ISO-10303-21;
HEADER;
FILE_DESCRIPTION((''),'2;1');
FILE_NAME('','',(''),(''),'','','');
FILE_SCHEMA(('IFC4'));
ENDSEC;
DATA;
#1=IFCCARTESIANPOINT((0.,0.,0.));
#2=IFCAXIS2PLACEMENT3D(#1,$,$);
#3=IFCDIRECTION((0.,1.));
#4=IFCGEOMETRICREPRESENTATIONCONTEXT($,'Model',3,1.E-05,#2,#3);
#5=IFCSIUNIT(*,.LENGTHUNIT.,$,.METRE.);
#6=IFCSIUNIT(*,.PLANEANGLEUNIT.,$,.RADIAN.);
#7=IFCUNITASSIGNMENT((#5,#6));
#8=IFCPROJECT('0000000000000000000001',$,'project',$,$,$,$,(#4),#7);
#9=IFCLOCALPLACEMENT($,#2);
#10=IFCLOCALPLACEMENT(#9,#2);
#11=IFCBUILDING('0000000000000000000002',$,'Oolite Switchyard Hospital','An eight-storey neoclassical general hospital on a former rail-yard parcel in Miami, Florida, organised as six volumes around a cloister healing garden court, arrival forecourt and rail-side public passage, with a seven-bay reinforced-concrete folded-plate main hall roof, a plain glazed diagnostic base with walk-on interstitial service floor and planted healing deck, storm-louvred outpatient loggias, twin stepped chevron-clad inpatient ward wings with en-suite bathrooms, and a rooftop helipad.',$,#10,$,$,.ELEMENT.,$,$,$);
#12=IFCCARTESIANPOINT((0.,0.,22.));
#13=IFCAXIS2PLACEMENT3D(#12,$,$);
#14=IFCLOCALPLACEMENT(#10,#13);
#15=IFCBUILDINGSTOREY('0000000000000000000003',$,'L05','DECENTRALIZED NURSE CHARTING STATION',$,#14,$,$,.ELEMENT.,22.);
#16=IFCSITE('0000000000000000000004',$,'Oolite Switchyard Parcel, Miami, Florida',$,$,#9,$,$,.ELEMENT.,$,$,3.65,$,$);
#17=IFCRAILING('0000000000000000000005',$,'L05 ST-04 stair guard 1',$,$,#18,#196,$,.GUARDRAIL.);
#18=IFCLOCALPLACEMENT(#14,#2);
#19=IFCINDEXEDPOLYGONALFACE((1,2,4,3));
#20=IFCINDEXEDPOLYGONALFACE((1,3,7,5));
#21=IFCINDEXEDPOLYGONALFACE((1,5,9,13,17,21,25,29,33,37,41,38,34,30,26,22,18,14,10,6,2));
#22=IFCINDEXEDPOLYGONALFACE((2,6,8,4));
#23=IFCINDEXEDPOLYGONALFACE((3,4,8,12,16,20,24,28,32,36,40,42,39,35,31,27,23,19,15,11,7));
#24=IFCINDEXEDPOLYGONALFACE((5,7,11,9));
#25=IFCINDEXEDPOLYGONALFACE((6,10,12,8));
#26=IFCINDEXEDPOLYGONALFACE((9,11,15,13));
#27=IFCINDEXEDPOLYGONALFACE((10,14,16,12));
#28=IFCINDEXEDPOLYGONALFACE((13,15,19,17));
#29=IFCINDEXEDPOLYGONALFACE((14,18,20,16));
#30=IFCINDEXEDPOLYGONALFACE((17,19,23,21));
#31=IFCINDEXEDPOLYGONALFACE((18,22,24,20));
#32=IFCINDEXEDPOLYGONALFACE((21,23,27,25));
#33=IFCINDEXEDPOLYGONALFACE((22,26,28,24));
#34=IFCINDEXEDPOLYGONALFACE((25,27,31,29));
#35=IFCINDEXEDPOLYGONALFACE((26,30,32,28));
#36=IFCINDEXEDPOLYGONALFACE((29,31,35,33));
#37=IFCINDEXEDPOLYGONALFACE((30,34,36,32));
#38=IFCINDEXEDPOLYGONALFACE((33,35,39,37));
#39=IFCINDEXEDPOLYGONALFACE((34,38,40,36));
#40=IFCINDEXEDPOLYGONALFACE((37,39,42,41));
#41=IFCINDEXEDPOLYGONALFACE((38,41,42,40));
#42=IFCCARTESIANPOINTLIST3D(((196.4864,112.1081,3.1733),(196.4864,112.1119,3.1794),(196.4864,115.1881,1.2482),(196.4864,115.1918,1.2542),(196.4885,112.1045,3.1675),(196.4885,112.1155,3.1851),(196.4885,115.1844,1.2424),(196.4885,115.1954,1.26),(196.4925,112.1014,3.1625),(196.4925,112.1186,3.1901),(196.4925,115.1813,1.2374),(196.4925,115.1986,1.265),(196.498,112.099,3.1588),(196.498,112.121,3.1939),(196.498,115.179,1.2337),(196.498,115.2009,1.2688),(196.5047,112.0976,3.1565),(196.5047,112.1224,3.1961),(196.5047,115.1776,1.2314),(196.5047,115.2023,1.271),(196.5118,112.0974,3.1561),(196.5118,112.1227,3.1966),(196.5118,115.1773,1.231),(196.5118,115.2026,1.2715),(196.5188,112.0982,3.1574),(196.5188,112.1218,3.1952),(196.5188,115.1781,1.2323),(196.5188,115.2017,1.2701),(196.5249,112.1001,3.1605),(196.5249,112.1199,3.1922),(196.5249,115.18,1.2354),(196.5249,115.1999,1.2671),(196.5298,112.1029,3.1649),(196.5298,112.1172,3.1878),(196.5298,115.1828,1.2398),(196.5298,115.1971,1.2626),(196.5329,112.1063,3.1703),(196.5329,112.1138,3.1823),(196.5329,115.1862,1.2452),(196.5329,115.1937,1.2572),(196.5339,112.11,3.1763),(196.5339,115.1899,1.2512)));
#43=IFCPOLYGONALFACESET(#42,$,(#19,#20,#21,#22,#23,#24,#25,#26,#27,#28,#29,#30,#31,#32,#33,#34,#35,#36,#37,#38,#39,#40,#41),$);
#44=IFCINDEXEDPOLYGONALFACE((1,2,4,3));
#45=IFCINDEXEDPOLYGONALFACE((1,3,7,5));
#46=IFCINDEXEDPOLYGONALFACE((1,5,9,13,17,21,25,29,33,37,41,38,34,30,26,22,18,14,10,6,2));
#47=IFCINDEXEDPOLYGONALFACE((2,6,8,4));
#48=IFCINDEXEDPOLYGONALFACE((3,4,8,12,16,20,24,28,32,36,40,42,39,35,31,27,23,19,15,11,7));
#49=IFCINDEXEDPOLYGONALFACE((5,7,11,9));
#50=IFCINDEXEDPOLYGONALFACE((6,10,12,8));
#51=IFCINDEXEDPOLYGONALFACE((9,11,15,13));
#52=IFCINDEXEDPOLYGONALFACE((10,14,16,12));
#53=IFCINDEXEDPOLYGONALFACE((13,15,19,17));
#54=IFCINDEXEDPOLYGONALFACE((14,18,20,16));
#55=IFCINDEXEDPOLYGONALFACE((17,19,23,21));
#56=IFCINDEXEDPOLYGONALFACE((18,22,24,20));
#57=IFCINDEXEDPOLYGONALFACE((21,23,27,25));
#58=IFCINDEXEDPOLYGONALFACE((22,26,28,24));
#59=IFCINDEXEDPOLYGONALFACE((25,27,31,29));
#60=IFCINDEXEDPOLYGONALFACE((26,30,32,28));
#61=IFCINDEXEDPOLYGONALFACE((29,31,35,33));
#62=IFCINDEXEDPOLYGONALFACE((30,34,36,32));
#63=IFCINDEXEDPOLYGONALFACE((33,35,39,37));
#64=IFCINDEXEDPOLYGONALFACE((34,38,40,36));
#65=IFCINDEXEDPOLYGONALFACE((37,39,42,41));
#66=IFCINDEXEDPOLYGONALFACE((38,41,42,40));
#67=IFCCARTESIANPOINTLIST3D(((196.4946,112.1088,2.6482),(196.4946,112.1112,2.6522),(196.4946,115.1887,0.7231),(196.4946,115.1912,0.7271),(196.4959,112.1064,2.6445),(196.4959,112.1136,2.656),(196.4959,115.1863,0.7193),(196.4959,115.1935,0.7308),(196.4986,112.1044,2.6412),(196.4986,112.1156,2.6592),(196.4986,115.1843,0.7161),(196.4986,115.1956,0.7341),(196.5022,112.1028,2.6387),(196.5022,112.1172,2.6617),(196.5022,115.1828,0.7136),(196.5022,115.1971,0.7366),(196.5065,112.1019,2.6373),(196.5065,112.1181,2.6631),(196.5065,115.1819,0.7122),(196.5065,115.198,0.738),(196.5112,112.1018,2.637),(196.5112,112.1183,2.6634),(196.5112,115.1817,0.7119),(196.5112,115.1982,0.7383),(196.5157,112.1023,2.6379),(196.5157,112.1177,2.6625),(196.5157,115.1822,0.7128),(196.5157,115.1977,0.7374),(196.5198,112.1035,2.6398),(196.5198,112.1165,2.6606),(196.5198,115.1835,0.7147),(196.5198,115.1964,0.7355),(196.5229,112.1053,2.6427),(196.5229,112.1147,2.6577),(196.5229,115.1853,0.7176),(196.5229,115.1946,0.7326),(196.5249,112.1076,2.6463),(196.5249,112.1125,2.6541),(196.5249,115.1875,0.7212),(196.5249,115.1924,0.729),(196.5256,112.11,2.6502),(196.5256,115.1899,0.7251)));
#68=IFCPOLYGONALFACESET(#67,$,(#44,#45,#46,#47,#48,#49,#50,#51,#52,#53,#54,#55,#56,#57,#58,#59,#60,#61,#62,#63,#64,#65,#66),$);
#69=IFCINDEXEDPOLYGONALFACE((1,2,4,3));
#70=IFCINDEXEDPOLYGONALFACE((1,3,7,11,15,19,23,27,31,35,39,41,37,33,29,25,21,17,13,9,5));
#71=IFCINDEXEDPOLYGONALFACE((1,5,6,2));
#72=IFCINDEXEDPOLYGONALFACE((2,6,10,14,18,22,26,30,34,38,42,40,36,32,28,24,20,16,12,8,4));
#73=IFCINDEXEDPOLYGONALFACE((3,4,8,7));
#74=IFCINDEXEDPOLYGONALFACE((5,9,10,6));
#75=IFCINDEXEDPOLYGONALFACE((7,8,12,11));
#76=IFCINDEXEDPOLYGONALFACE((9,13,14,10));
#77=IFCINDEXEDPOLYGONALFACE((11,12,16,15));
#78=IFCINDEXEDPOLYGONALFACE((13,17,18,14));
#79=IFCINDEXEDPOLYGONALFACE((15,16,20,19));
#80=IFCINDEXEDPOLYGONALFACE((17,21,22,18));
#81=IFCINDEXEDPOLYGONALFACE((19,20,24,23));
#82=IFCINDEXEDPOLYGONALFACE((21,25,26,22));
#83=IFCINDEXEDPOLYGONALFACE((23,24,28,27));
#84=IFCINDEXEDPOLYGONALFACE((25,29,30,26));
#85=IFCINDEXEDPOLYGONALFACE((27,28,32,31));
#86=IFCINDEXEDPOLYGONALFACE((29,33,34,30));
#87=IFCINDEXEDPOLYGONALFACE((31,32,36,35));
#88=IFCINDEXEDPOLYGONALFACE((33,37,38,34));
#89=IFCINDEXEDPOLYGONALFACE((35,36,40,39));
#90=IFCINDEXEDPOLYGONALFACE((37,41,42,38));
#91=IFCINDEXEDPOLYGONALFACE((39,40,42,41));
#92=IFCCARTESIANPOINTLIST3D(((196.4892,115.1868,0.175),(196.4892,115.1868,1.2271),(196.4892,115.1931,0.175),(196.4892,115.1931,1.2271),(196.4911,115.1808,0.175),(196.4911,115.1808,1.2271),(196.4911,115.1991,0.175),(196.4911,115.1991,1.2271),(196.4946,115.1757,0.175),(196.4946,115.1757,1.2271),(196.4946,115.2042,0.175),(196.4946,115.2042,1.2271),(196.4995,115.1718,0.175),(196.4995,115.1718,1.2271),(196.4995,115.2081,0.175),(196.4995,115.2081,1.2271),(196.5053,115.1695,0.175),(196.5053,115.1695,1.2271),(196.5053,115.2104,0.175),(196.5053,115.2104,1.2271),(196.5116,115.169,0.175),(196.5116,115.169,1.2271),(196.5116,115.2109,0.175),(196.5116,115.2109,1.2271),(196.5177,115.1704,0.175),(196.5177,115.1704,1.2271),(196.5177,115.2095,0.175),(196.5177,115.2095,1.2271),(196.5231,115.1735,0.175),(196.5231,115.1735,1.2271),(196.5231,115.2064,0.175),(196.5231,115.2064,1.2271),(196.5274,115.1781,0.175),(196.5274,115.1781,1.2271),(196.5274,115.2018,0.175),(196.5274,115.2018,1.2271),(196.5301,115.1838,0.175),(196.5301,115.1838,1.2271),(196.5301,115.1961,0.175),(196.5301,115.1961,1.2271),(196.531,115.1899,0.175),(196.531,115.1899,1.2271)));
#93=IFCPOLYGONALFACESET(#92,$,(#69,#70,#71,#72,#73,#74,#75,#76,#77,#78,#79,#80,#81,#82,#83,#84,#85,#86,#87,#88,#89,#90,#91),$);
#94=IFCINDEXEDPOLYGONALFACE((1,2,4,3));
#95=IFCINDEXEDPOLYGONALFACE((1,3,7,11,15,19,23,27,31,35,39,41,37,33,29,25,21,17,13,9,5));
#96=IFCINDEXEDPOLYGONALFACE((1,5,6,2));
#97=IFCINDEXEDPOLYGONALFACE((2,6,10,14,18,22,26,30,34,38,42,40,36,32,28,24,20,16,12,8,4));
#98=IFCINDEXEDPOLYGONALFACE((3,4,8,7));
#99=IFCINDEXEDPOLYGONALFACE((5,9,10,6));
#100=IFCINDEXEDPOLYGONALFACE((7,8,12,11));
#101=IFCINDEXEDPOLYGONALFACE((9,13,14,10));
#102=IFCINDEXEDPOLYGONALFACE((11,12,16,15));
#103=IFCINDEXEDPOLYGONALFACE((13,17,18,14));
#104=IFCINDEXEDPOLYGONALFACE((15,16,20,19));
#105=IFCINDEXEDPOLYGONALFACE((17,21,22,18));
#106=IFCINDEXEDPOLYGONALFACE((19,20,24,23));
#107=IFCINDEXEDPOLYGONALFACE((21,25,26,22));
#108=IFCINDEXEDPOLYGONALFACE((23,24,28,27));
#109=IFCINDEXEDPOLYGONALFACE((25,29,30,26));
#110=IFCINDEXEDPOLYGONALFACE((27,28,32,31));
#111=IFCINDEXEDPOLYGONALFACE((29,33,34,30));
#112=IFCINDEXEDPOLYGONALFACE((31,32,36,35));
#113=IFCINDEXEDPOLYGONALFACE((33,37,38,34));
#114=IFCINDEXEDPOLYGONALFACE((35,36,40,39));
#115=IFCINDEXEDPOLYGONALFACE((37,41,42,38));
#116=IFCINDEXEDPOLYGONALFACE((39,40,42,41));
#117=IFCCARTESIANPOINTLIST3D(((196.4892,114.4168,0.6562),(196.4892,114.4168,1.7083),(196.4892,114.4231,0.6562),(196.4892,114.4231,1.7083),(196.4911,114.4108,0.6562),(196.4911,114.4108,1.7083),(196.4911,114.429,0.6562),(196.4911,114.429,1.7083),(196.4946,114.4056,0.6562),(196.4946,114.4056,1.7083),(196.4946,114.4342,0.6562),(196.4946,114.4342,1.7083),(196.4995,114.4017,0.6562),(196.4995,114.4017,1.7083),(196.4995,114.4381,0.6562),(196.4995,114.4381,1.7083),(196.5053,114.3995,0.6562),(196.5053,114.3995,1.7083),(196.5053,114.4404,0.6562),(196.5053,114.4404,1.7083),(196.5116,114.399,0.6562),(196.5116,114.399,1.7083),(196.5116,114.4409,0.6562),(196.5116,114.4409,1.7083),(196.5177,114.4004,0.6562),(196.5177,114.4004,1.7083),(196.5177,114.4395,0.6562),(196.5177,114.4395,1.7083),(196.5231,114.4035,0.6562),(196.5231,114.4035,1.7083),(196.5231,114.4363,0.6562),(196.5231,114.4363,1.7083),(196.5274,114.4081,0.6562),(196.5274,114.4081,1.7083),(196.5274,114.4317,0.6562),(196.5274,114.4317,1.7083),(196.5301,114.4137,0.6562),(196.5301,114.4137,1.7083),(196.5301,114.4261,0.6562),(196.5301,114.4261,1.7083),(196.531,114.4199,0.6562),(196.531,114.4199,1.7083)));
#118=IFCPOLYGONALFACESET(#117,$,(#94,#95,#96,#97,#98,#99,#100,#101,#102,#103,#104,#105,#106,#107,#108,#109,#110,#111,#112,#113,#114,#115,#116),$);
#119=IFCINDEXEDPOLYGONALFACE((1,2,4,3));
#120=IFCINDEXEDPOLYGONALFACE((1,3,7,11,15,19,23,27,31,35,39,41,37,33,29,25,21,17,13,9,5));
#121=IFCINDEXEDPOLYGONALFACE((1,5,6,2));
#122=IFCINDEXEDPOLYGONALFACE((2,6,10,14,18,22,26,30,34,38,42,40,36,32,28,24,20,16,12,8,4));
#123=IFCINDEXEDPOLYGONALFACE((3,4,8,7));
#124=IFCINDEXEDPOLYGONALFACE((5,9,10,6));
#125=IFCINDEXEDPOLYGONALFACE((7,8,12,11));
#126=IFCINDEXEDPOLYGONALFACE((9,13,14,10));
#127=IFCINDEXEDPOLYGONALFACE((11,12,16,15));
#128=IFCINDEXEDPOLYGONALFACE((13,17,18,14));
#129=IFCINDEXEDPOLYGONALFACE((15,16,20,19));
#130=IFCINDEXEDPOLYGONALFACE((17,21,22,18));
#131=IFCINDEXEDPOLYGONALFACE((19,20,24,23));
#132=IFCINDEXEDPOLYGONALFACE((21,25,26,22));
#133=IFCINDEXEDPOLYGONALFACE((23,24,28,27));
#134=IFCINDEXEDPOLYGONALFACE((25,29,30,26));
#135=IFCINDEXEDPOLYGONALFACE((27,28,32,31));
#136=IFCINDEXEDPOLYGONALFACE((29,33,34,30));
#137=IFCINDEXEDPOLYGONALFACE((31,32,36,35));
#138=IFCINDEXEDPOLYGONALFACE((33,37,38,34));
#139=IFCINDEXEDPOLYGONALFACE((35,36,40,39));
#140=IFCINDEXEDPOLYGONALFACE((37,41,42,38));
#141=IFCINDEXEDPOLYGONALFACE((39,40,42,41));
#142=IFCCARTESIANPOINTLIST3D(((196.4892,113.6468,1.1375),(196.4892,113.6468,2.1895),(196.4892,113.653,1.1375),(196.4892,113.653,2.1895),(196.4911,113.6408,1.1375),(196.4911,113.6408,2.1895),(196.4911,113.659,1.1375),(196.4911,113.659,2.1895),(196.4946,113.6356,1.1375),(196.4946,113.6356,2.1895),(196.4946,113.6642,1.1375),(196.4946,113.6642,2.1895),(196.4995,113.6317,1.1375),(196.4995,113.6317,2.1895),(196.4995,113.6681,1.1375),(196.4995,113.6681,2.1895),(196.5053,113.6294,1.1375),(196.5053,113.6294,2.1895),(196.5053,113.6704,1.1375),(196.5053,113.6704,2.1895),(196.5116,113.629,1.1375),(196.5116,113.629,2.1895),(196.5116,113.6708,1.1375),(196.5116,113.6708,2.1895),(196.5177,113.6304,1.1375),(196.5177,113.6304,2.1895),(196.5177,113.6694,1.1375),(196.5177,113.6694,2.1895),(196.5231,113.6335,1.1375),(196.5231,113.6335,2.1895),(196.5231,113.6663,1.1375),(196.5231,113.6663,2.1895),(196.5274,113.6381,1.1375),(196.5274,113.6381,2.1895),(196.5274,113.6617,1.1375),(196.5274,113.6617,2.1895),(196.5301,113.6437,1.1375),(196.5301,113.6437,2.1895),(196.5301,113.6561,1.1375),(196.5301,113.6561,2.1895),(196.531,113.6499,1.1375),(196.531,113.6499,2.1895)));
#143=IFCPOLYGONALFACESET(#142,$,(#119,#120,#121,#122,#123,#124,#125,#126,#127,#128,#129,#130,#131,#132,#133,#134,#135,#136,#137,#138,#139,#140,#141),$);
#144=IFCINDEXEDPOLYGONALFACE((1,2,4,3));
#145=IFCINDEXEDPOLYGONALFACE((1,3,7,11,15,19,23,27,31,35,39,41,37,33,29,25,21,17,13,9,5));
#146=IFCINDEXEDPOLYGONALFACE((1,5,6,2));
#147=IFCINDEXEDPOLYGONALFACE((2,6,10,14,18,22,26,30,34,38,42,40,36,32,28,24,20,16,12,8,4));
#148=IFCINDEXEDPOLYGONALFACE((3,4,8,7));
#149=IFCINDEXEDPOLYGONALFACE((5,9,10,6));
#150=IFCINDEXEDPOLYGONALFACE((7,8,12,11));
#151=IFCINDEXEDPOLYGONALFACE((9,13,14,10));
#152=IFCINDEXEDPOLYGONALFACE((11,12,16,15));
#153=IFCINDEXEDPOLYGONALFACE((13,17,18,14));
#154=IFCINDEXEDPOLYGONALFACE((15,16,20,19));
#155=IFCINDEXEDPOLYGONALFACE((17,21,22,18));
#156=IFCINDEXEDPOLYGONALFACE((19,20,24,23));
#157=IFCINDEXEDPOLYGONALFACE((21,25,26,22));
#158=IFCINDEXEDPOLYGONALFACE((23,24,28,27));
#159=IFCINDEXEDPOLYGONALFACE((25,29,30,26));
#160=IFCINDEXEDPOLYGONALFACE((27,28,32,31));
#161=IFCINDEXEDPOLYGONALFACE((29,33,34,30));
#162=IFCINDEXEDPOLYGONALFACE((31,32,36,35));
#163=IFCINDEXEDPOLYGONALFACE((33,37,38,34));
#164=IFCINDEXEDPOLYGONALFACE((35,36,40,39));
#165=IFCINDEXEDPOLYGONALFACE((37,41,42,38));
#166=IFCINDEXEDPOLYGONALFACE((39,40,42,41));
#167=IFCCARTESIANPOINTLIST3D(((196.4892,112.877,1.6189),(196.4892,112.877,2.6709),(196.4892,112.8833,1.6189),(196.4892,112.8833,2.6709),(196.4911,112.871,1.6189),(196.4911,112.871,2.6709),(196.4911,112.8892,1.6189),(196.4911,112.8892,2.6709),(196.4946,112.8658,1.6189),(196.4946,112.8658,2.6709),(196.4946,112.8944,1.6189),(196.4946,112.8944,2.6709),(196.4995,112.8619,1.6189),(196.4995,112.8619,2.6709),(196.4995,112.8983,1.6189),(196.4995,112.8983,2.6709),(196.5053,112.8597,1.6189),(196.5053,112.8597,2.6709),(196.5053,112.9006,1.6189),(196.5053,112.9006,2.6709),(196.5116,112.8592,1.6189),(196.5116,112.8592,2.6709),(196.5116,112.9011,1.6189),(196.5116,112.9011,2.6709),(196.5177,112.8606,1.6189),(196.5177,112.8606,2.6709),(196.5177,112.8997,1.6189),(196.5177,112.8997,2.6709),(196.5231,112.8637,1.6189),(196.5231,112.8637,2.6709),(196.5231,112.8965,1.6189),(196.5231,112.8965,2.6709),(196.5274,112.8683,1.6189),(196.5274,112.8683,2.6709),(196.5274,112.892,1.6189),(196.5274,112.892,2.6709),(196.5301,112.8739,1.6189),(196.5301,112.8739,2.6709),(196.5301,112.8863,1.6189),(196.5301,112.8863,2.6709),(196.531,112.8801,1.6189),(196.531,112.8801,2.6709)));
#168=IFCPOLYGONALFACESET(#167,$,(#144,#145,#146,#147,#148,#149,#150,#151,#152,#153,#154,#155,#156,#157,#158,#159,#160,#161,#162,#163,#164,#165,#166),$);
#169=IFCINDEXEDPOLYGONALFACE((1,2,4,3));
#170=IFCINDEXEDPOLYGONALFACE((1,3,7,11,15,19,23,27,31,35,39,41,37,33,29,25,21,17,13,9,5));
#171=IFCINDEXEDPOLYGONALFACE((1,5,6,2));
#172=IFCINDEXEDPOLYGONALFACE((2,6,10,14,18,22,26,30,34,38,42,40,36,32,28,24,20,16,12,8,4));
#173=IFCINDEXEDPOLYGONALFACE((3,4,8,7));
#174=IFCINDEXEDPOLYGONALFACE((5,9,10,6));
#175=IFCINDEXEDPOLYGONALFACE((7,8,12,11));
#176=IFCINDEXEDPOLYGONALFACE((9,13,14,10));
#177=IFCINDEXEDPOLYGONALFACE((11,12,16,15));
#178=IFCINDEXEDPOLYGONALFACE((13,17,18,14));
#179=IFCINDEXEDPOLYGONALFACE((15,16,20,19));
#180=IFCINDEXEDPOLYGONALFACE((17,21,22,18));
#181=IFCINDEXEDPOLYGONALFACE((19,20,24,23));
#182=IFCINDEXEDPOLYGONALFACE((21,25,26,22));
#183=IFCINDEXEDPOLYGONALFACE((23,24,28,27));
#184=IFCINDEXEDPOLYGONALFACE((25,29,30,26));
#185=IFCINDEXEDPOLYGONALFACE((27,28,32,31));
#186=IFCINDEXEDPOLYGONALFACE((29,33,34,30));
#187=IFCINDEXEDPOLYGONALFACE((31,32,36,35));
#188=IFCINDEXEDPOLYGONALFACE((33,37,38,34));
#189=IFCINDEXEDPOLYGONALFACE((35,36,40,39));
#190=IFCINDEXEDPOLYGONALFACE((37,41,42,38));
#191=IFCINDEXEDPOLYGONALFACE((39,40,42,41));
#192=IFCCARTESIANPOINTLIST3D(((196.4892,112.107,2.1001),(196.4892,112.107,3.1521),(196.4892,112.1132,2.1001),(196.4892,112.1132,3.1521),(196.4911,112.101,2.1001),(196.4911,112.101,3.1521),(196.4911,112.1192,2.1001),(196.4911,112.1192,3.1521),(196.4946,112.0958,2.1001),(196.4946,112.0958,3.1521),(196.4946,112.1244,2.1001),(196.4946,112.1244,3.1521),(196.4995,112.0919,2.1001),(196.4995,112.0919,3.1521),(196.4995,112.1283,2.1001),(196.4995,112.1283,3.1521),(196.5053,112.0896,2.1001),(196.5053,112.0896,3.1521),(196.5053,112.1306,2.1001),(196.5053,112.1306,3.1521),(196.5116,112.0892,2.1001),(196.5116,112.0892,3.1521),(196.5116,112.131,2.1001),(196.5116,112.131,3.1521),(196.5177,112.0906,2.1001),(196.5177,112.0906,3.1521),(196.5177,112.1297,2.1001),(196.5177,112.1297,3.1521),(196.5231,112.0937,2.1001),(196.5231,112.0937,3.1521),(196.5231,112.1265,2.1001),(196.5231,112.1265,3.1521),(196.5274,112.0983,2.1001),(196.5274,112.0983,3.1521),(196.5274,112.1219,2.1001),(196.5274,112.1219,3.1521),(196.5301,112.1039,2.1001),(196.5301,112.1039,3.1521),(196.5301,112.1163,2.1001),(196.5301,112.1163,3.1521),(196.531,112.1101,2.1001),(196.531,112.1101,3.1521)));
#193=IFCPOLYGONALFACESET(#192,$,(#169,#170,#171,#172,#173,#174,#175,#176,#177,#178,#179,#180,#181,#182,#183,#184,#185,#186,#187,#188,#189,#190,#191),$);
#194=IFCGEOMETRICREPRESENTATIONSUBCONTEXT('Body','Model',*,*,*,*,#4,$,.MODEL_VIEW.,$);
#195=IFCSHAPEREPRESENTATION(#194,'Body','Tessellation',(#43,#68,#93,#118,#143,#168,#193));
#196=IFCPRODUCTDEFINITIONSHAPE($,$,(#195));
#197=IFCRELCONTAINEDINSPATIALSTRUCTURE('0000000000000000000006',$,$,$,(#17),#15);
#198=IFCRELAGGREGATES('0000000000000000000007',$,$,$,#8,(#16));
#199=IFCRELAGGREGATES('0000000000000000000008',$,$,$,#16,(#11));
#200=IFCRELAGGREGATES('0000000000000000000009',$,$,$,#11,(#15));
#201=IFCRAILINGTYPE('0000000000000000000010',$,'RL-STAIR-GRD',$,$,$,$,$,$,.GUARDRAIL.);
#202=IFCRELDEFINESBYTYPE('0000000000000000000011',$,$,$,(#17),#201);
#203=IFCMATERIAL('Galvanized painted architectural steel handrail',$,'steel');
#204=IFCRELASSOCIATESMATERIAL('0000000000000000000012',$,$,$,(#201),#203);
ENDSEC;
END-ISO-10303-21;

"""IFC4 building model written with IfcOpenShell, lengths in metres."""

from ifc_helpers import new_model, si_unit, direction, frame, origin, origin_2d, place, context, subcontext, project, spatial, circle, extrude, material, type_object, element, save


model = new_model("IFC4")

# Units and contexts
model_context = context("Model", 3, precision=1e-05, world=origin(), true_north=direction((0.0, 1.0)))
body_context = subcontext(model_context, "Body", "Model", "MODEL_VIEW")
ifc_project = project(units=[si_unit("LENGTHUNIT", "METRE"), si_unit("PLANEANGLEUNIT", "RADIAN")], contexts=[model_context])

# Site, building, storey
site_placement = place(None, origin())
site = spatial("IfcSite", under=ifc_project, at=site_placement, Name="Oolite Switchyard Parcel, Miami, Florida", CompositionType="ELEMENT", RefElevation=3.65)
building_placement = place(site_placement, origin())
building = spatial("IfcBuilding", under=site, at=building_placement, Name="Oolite Switchyard Hospital", Description="An eight-storey neoclassical general hospital on a former rail-yard parcel in Miami, Florida, organised as six volumes around a cloister healing garden court, arrival forecourt and rail-side public passage, with a seven-bay reinforced-concrete folded-plate main hall roof, a plain glazed diagnostic base with walk-on interstitial service floor and planted healing deck, storm-louvred outpatient loggias, twin stepped chevron-clad inpatient ward wings with en-suite bathrooms, and a rooftop helipad.", CompositionType="ELEMENT")
storey_placement = place(building_placement, frame((0.0, 0.0, 22.0)))
storey = spatial("IfcBuildingStorey", under=building, at=storey_placement, Name="L05", Description="DECENTRALIZED NURSE CHARTING STATION", CompositionType="ELEMENT", Elevation=22.0)

# Railing
ifc_material_1 = material(Name="Galvanized painted architectural steel handrail", Category="steel")
railing_type_1 = type_object("IfcRailingType", Name="RL-STAIR-GRD", PredefinedType="GUARDRAIL", material=ifc_material_1)
railing_1_placement = place(storey_placement, frame((196.51, 115.1899, 0.175)))
element("IfcRailing", 1, at=railing_1_placement, inside=storey, type_object=railing_type_1, Name="L05 ST-04 stair guard 1", PredefinedType="GUARDRAIL", context=body_context, shape_type="SweptSolid", body=[
    extrude(circle(Radius=0.0239, at=origin_2d()), frame((0.0, 0.0, 1.0762), z_axis=(0.0, -0.847979, 0.530029), x_axis=(1.0, 0.0, 0.0)), (0.0, 0.0, 1.0), 3.6321),
    extrude(circle(Radius=0.0156, at=origin_2d()), frame((0.0, 0.0, 0.55), z_axis=(0.0, -0.847979, 0.530029), x_axis=(1.0, 0.0, 0.0)), (0.0, 0.0, 1.0), 3.6321),
    extrude(circle(Radius=0.021, at=origin_2d()), origin(), (0.0, 0.0, 1.0), 1.052),
    extrude(circle(Radius=0.021, at=origin_2d()), frame((0.0, -0.77, 0.4812)), (0.0, 0.0, 1.0), 1.052),
    extrude(circle(Radius=0.021, at=origin_2d()), frame((0.0, -1.54, 0.9624)), (0.0, 0.0, 1.0), 1.052),
    extrude(circle(Radius=0.021, at=origin_2d()), frame((0.0, -2.3098, 1.4438)), (0.0, 0.0, 1.0), 1.052),
    extrude(circle(Radius=0.021, at=origin_2d()), frame((0.0, -3.0798, 1.925)), (0.0, 0.0, 1.0), 1.052),
])

save(model, "model.ifc")
